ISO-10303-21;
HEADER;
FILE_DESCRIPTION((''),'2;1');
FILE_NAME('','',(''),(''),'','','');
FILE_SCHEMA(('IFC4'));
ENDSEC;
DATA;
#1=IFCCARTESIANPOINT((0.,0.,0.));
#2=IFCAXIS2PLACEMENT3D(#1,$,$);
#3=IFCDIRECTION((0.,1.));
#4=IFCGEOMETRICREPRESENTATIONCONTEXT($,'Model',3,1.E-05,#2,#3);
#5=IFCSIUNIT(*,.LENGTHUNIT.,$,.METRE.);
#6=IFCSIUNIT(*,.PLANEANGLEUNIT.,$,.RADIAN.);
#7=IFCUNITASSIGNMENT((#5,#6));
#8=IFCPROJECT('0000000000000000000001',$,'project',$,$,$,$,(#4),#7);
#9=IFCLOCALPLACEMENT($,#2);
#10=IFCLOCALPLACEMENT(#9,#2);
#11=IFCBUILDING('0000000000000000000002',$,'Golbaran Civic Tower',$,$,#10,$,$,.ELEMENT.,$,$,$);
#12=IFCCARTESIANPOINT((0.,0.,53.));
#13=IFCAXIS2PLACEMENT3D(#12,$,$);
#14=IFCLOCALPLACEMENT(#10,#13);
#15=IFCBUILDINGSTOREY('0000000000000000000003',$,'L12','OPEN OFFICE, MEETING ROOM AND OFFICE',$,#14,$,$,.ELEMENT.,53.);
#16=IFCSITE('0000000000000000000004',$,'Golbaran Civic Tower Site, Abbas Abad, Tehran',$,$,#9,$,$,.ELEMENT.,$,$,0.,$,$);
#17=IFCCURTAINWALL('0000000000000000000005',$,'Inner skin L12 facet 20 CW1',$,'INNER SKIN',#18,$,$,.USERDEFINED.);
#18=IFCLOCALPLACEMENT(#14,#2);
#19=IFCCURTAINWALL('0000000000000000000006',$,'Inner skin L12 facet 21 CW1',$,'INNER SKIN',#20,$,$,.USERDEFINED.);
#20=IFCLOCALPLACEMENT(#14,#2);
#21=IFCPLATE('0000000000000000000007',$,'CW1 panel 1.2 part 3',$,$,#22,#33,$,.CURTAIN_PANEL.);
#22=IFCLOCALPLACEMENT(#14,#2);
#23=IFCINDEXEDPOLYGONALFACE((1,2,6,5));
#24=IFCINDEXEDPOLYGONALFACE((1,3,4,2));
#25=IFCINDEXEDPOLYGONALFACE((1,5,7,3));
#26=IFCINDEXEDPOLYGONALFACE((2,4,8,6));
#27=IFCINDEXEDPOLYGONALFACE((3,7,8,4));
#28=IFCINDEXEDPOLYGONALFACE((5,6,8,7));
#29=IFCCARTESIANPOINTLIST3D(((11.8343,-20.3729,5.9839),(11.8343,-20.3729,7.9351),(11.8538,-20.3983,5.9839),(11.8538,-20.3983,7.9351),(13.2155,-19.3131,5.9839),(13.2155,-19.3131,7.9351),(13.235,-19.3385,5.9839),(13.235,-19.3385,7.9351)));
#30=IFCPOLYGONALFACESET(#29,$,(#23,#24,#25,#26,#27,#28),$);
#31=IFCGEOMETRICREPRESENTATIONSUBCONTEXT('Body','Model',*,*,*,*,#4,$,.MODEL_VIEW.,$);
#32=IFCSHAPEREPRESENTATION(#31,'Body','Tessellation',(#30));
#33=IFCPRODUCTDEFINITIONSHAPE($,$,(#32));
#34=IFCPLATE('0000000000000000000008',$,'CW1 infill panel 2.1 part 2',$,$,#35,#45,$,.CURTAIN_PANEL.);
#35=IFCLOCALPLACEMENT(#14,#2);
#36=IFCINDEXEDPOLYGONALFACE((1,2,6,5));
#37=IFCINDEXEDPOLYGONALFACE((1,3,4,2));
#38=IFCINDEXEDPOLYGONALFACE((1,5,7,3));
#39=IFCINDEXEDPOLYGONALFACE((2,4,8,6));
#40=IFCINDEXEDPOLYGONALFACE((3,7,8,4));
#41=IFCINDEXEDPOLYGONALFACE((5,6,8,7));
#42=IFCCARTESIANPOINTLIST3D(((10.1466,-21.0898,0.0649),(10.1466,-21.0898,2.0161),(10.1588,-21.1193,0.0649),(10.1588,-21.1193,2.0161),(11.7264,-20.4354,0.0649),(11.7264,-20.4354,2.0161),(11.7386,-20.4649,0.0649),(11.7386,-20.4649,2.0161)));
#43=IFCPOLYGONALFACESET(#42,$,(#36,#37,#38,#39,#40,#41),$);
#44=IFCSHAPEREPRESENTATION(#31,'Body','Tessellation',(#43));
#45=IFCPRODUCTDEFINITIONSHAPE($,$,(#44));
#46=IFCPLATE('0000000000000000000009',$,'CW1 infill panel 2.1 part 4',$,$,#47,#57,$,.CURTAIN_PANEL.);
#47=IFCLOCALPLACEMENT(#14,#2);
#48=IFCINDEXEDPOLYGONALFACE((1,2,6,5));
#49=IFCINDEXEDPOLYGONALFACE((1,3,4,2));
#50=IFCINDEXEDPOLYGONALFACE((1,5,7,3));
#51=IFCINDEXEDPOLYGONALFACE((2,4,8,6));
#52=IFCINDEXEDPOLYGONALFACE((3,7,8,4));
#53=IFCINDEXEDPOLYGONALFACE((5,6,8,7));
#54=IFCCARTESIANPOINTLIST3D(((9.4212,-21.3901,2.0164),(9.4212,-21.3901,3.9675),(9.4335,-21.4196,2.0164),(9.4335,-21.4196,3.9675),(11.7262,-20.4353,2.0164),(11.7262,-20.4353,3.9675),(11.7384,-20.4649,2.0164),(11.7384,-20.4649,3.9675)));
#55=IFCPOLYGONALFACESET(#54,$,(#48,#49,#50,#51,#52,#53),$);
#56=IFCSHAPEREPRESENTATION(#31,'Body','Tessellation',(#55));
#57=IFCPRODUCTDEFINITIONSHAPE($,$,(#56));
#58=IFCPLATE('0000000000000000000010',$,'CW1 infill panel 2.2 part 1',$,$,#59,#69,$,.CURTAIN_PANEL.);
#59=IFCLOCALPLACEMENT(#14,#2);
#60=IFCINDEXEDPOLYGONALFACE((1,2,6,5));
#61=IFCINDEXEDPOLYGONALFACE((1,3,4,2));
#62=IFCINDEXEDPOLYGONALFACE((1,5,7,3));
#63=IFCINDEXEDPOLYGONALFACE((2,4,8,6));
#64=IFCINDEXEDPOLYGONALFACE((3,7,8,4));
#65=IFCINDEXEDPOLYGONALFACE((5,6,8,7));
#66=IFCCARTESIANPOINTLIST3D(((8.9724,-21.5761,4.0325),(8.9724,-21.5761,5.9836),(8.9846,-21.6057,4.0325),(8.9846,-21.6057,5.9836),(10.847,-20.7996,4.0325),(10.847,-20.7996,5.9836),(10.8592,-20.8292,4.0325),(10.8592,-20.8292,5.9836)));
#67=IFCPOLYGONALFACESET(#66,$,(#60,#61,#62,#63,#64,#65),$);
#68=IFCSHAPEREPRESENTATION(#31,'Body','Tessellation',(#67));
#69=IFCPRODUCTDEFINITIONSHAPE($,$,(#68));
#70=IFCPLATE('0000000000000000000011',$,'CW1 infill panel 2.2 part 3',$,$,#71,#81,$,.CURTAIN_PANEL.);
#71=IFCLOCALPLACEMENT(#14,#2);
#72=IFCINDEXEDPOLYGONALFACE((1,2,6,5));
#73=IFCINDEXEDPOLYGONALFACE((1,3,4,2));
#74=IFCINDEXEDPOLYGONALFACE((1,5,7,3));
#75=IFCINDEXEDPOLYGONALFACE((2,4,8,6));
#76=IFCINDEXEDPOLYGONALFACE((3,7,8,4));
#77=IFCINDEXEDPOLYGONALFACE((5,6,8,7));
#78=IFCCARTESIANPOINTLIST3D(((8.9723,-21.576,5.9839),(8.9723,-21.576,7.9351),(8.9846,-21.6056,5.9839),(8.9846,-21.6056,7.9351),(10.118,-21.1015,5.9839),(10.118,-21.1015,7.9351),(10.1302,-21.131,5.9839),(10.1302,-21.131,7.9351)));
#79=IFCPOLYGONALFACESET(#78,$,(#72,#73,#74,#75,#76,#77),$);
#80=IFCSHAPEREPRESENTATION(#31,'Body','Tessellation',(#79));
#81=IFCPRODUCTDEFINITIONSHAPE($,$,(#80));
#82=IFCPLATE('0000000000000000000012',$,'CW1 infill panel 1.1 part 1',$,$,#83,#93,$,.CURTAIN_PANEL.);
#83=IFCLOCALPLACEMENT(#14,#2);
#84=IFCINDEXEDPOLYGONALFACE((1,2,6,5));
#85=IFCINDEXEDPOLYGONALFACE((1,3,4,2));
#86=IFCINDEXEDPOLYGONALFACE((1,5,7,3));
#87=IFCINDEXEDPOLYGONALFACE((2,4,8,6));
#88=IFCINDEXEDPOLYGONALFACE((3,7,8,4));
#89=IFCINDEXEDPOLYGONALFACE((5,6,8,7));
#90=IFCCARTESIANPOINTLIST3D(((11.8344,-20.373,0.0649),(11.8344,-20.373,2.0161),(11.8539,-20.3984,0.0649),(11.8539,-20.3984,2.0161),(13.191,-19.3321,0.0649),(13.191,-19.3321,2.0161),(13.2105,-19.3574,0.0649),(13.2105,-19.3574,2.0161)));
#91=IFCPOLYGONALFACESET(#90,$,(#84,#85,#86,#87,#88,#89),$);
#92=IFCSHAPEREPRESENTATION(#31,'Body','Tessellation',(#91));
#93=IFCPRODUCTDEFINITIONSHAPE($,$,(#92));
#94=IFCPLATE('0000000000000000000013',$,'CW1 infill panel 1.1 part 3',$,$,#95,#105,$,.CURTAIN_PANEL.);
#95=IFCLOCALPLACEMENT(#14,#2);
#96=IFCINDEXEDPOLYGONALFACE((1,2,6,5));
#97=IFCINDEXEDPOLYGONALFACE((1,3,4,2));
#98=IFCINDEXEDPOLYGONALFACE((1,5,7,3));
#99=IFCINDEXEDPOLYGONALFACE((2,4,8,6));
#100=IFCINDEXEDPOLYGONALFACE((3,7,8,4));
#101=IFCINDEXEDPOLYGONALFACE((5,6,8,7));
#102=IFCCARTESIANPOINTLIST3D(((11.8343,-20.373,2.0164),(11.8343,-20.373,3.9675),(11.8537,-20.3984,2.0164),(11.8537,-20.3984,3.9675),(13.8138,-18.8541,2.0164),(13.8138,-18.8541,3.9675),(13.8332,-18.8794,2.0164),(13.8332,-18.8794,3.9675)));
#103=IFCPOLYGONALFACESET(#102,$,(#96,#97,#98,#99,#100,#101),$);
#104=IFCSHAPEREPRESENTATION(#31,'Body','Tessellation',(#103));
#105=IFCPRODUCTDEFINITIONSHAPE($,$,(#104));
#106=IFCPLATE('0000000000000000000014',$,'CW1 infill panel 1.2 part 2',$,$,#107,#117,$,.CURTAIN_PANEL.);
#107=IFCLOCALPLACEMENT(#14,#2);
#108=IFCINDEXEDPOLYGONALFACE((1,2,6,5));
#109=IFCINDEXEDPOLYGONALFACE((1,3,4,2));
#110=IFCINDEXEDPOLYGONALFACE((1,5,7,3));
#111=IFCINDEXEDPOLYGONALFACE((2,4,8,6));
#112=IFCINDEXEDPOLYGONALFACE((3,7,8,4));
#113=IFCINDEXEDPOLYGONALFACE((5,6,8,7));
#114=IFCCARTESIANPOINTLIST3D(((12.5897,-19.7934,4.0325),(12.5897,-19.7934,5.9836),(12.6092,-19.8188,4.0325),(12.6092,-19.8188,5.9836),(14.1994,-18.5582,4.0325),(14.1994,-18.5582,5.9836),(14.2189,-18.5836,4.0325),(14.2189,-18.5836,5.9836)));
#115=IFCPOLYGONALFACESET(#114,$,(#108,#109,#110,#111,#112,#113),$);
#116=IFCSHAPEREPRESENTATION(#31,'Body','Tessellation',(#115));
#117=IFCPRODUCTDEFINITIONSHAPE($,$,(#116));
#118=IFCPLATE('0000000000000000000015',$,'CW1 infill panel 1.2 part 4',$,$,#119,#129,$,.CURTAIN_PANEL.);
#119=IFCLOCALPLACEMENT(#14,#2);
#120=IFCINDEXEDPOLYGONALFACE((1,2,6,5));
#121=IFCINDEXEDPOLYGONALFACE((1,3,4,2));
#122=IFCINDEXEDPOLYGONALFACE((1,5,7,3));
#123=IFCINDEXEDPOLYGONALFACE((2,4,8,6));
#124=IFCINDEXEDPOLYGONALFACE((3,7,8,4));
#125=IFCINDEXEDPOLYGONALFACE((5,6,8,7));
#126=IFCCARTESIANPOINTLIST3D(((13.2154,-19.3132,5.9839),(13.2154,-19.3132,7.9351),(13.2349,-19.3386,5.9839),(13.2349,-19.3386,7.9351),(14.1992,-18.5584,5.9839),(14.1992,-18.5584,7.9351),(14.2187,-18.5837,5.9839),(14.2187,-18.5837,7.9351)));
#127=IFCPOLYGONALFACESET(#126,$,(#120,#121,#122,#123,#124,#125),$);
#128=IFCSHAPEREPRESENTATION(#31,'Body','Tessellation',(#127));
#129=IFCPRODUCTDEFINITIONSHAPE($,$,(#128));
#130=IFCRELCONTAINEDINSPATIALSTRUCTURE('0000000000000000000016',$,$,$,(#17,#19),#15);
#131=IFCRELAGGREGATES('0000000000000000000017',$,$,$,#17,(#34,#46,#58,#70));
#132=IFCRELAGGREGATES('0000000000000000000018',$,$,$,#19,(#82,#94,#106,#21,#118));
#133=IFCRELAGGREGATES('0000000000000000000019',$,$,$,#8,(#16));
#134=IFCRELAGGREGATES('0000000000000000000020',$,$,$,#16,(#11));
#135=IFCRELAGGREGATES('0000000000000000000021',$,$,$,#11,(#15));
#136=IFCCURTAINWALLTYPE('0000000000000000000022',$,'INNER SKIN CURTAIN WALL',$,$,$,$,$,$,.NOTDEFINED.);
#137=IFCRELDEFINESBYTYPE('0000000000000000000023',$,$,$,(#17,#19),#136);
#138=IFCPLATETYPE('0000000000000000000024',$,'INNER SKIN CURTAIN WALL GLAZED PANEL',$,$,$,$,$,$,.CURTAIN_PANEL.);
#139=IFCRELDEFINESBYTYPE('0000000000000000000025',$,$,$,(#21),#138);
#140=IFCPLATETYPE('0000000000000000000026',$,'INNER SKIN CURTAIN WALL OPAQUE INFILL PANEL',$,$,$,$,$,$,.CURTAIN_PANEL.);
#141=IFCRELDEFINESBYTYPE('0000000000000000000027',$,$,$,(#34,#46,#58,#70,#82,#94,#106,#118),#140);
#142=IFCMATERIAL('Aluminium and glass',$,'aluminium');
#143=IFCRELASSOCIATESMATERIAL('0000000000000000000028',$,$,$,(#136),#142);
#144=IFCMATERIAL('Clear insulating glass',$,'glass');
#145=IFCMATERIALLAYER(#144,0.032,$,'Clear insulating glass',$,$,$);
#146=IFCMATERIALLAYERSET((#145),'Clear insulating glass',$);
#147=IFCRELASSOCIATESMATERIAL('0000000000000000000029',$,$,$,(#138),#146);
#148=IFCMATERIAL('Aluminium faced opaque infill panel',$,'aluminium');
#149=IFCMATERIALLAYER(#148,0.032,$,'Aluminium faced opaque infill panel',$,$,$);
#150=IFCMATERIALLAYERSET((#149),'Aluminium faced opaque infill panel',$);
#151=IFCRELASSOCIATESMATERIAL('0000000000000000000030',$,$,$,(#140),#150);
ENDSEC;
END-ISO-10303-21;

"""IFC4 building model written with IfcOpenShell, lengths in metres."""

from ifc_helpers import new_model, si_unit, direction, frame, origin, origin_2d, place, context, subcontext, project, spatial, rectangle, extrude, material, layer, layer_set, type_object, element, aggregate, save


model = new_model("IFC4")

# Units and contexts
model_context = context("Model", 3, precision=1e-05, world=origin(), true_north=direction((0.0, 1.0)))
body_context = subcontext(model_context, "Body", "Model", "MODEL_VIEW")
ifc_project = project(units=[si_unit("LENGTHUNIT", "METRE"), si_unit("PLANEANGLEUNIT", "RADIAN")], contexts=[model_context])

# Site, building, storey
site_placement = place(None, origin())
site = spatial("IfcSite", under=ifc_project, at=site_placement, Name="Golbaran Civic Tower Site, Abbas Abad, Tehran", CompositionType="ELEMENT", RefElevation=0.0)
building_placement = place(site_placement, origin())
building = spatial("IfcBuilding", under=site, at=building_placement, Name="Golbaran Civic Tower", CompositionType="ELEMENT")
storey_placement = place(building_placement, frame((0.0, 0.0, 53.0)))
storey = spatial("IfcBuildingStorey", under=building, at=storey_placement, Name="L12", Description="OPEN OFFICE, MEETING ROOM AND OFFICE", CompositionType="ELEMENT", Elevation=53.0)

# Curtain walls
ifc_material_1 = material(Name="Aluminium and glass", Category="aluminium")
curtain_wall_type = type_object("IfcCurtainWallType", Name="INNER SKIN CURTAIN WALL", PredefinedType="NOTDEFINED", material=ifc_material_1)
curtain_wall_1_placement = place(storey_placement, origin())
curtain_wall_1 = element("IfcCurtainWall", 1, at=curtain_wall_1_placement, inside=storey, type_object=curtain_wall_type, Name="Inner skin L12 facet 20 CW1", ObjectType="INNER SKIN", PredefinedType="USERDEFINED")
curtain_wall_2_placement = place(storey_placement, origin())
curtain_wall_2 = element("IfcCurtainWall", 2, at=curtain_wall_2_placement, inside=storey, type_object=curtain_wall_type, Name="Inner skin L12 facet 21 CW1", ObjectType="INNER SKIN", PredefinedType="USERDEFINED")

# Plates
ifc_material_2 = material(Name="Clear insulating glass", Category="glass")
ifc_layer_1 = layer(ifc_material_2, 0.032, Name="Clear insulating glass")
ifc_layer_set_1 = layer_set([ifc_layer_1], Name="Clear insulating glass")
plate_type_1 = type_object("IfcPlateType", Name="INNER SKIN CURTAIN WALL GLAZED PANEL", PredefinedType="CURTAIN_PANEL", material=ifc_layer_set_1)
plate_1_placement = place(storey_placement, frame((12.5347, -19.8557, 5.9839), z_axis=(0.0, 0.0, 1.0), x_axis=(0.793353, 0.608761, 0.0)))
plate_1 = element("IfcPlate", 3, at=plate_1_placement, type_object=plate_type_1, Name="CW1 panel 1.2 part 3", PredefinedType="CURTAIN_PANEL", context=body_context, shape_type="SweptSolid", body=[
    extrude(rectangle(XDim=1.741, YDim=0.032, at=origin_2d()), origin(), (0.0, 0.0, 1.0), 1.9512),
])
ifc_material_3 = material(Name="Aluminium faced opaque infill panel", Category="aluminium")
ifc_layer_2 = layer(ifc_material_3, 0.032, Name="Aluminium faced opaque infill panel")
ifc_layer_set_2 = layer_set([ifc_layer_2], Name="Aluminium faced opaque infill panel")
plate_type_2 = type_object("IfcPlateType", Name="INNER SKIN CURTAIN WALL OPAQUE INFILL PANEL", PredefinedType="CURTAIN_PANEL", material=ifc_layer_set_2)
plate_2_placement = place(storey_placement, frame((10.9426, -20.7773, 0.0649), z_axis=(0.0, 0.0, 1.0), x_axis=(0.92388, 0.382683, 0.0)))
plate_2 = element("IfcPlate", 4, at=plate_2_placement, type_object=plate_type_2, Name="CW1 infill panel 2.1 part 2", PredefinedType="CURTAIN_PANEL", context=body_context, shape_type="SweptSolid", body=[
    extrude(rectangle(XDim=1.71, YDim=0.032, at=origin_2d()), origin(), (0.0, 0.0, 1.0), 1.9512),
])
plate_3_placement = place(storey_placement, frame((10.5798, -20.9275, 2.0164), z_axis=(0.0, 0.0, 1.0), x_axis=(0.92388, 0.382683, 0.0)))
plate_3 = element("IfcPlate", 5, at=plate_3_placement, type_object=plate_type_2, Name="CW1 infill panel 2.1 part 4", PredefinedType="CURTAIN_PANEL", context=body_context, shape_type="SweptSolid", body=[
    extrude(rectangle(XDim=2.4949, YDim=0.032, at=origin_2d()), origin(), (0.0, 0.0, 1.0), 1.9512),
])
plate_4_placement = place(storey_placement, frame((9.9158, -21.2026, 4.0325), z_axis=(0.0, 0.0, 1.0), x_axis=(0.92388, 0.382683, 0.0)))
plate_4 = element("IfcPlate", 6, at=plate_4_placement, type_object=plate_type_2, Name="CW1 infill panel 2.2 part 1", PredefinedType="CURTAIN_PANEL", context=body_context, shape_type="SweptSolid", body=[
    extrude(rectangle(XDim=2.0291, YDim=0.032, at=origin_2d()), origin(), (0.0, 0.0, 1.0), 1.9512),
])
plate_5_placement = place(storey_placement, frame((9.5513, -21.3535, 5.9839), z_axis=(0.0, 0.0, 1.0), x_axis=(0.92388, 0.382683, 0.0)))
plate_5 = element("IfcPlate", 7, at=plate_5_placement, type_object=plate_type_2, Name="CW1 infill panel 2.2 part 3", PredefinedType="CURTAIN_PANEL", context=body_context, shape_type="SweptSolid", body=[
    extrude(rectangle(XDim=1.24, YDim=0.032, at=origin_2d()), origin(), (0.0, 0.0, 1.0), 1.9512),
])
aggregate(curtain_wall_1, [plate_2, plate_3, plate_4, plate_5])
plate_6_placement = place(storey_placement, frame((12.5225, -19.8652, 0.0649), z_axis=(0.0, 0.0, 1.0), x_axis=(0.793353, 0.608761, 0.0)))
plate_6 = element("IfcPlate", 8, at=plate_6_placement, type_object=plate_type_2, Name="CW1 infill panel 1.1 part 1", PredefinedType="CURTAIN_PANEL", context=body_context, shape_type="SweptSolid", body=[
    extrude(rectangle(XDim=1.71, YDim=0.032, at=origin_2d()), origin(), (0.0, 0.0, 1.0), 1.9512),
])
plate_7_placement = place(storey_placement, frame((12.8337, -19.6262, 2.0164), z_axis=(0.0, 0.0, 1.0), x_axis=(0.793353, 0.608761, 0.0)))
plate_7 = element("IfcPlate", 9, at=plate_7_placement, type_object=plate_type_2, Name="CW1 infill panel 1.1 part 3", PredefinedType="CURTAIN_PANEL", context=body_context, shape_type="SweptSolid", body=[
    extrude(rectangle(XDim=2.4951, YDim=0.032, at=origin_2d()), origin(), (0.0, 0.0, 1.0), 1.9512),
])
plate_8_placement = place(storey_placement, frame((13.4043, -19.1885, 4.0325), z_axis=(0.0, 0.0, 1.0), x_axis=(0.793353, 0.608761, 0.0)))
plate_8 = element("IfcPlate", 10, at=plate_8_placement, type_object=plate_type_2, Name="CW1 infill panel 1.2 part 2", PredefinedType="CURTAIN_PANEL", context=body_context, shape_type="SweptSolid", body=[
    extrude(rectangle(XDim=2.0291, YDim=0.032, at=origin_2d()), origin(), (0.0, 0.0, 1.0), 1.9512),
])
plate_9_placement = place(storey_placement, frame((13.717, -18.9485, 5.9839), z_axis=(0.0, 0.0, 1.0), x_axis=(0.793353, 0.608761, 0.0)))
plate_9 = element("IfcPlate", 11, at=plate_9_placement, type_object=plate_type_2, Name="CW1 infill panel 1.2 part 4", PredefinedType="CURTAIN_PANEL", context=body_context, shape_type="SweptSolid", body=[
    extrude(rectangle(XDim=1.24, YDim=0.032, at=origin_2d()), origin(), (0.0, 0.0, 1.0), 1.9512),
])
aggregate(curtain_wall_2, [plate_6, plate_7, plate_8, plate_1, plate_9])

save(model, "model.ifc")
